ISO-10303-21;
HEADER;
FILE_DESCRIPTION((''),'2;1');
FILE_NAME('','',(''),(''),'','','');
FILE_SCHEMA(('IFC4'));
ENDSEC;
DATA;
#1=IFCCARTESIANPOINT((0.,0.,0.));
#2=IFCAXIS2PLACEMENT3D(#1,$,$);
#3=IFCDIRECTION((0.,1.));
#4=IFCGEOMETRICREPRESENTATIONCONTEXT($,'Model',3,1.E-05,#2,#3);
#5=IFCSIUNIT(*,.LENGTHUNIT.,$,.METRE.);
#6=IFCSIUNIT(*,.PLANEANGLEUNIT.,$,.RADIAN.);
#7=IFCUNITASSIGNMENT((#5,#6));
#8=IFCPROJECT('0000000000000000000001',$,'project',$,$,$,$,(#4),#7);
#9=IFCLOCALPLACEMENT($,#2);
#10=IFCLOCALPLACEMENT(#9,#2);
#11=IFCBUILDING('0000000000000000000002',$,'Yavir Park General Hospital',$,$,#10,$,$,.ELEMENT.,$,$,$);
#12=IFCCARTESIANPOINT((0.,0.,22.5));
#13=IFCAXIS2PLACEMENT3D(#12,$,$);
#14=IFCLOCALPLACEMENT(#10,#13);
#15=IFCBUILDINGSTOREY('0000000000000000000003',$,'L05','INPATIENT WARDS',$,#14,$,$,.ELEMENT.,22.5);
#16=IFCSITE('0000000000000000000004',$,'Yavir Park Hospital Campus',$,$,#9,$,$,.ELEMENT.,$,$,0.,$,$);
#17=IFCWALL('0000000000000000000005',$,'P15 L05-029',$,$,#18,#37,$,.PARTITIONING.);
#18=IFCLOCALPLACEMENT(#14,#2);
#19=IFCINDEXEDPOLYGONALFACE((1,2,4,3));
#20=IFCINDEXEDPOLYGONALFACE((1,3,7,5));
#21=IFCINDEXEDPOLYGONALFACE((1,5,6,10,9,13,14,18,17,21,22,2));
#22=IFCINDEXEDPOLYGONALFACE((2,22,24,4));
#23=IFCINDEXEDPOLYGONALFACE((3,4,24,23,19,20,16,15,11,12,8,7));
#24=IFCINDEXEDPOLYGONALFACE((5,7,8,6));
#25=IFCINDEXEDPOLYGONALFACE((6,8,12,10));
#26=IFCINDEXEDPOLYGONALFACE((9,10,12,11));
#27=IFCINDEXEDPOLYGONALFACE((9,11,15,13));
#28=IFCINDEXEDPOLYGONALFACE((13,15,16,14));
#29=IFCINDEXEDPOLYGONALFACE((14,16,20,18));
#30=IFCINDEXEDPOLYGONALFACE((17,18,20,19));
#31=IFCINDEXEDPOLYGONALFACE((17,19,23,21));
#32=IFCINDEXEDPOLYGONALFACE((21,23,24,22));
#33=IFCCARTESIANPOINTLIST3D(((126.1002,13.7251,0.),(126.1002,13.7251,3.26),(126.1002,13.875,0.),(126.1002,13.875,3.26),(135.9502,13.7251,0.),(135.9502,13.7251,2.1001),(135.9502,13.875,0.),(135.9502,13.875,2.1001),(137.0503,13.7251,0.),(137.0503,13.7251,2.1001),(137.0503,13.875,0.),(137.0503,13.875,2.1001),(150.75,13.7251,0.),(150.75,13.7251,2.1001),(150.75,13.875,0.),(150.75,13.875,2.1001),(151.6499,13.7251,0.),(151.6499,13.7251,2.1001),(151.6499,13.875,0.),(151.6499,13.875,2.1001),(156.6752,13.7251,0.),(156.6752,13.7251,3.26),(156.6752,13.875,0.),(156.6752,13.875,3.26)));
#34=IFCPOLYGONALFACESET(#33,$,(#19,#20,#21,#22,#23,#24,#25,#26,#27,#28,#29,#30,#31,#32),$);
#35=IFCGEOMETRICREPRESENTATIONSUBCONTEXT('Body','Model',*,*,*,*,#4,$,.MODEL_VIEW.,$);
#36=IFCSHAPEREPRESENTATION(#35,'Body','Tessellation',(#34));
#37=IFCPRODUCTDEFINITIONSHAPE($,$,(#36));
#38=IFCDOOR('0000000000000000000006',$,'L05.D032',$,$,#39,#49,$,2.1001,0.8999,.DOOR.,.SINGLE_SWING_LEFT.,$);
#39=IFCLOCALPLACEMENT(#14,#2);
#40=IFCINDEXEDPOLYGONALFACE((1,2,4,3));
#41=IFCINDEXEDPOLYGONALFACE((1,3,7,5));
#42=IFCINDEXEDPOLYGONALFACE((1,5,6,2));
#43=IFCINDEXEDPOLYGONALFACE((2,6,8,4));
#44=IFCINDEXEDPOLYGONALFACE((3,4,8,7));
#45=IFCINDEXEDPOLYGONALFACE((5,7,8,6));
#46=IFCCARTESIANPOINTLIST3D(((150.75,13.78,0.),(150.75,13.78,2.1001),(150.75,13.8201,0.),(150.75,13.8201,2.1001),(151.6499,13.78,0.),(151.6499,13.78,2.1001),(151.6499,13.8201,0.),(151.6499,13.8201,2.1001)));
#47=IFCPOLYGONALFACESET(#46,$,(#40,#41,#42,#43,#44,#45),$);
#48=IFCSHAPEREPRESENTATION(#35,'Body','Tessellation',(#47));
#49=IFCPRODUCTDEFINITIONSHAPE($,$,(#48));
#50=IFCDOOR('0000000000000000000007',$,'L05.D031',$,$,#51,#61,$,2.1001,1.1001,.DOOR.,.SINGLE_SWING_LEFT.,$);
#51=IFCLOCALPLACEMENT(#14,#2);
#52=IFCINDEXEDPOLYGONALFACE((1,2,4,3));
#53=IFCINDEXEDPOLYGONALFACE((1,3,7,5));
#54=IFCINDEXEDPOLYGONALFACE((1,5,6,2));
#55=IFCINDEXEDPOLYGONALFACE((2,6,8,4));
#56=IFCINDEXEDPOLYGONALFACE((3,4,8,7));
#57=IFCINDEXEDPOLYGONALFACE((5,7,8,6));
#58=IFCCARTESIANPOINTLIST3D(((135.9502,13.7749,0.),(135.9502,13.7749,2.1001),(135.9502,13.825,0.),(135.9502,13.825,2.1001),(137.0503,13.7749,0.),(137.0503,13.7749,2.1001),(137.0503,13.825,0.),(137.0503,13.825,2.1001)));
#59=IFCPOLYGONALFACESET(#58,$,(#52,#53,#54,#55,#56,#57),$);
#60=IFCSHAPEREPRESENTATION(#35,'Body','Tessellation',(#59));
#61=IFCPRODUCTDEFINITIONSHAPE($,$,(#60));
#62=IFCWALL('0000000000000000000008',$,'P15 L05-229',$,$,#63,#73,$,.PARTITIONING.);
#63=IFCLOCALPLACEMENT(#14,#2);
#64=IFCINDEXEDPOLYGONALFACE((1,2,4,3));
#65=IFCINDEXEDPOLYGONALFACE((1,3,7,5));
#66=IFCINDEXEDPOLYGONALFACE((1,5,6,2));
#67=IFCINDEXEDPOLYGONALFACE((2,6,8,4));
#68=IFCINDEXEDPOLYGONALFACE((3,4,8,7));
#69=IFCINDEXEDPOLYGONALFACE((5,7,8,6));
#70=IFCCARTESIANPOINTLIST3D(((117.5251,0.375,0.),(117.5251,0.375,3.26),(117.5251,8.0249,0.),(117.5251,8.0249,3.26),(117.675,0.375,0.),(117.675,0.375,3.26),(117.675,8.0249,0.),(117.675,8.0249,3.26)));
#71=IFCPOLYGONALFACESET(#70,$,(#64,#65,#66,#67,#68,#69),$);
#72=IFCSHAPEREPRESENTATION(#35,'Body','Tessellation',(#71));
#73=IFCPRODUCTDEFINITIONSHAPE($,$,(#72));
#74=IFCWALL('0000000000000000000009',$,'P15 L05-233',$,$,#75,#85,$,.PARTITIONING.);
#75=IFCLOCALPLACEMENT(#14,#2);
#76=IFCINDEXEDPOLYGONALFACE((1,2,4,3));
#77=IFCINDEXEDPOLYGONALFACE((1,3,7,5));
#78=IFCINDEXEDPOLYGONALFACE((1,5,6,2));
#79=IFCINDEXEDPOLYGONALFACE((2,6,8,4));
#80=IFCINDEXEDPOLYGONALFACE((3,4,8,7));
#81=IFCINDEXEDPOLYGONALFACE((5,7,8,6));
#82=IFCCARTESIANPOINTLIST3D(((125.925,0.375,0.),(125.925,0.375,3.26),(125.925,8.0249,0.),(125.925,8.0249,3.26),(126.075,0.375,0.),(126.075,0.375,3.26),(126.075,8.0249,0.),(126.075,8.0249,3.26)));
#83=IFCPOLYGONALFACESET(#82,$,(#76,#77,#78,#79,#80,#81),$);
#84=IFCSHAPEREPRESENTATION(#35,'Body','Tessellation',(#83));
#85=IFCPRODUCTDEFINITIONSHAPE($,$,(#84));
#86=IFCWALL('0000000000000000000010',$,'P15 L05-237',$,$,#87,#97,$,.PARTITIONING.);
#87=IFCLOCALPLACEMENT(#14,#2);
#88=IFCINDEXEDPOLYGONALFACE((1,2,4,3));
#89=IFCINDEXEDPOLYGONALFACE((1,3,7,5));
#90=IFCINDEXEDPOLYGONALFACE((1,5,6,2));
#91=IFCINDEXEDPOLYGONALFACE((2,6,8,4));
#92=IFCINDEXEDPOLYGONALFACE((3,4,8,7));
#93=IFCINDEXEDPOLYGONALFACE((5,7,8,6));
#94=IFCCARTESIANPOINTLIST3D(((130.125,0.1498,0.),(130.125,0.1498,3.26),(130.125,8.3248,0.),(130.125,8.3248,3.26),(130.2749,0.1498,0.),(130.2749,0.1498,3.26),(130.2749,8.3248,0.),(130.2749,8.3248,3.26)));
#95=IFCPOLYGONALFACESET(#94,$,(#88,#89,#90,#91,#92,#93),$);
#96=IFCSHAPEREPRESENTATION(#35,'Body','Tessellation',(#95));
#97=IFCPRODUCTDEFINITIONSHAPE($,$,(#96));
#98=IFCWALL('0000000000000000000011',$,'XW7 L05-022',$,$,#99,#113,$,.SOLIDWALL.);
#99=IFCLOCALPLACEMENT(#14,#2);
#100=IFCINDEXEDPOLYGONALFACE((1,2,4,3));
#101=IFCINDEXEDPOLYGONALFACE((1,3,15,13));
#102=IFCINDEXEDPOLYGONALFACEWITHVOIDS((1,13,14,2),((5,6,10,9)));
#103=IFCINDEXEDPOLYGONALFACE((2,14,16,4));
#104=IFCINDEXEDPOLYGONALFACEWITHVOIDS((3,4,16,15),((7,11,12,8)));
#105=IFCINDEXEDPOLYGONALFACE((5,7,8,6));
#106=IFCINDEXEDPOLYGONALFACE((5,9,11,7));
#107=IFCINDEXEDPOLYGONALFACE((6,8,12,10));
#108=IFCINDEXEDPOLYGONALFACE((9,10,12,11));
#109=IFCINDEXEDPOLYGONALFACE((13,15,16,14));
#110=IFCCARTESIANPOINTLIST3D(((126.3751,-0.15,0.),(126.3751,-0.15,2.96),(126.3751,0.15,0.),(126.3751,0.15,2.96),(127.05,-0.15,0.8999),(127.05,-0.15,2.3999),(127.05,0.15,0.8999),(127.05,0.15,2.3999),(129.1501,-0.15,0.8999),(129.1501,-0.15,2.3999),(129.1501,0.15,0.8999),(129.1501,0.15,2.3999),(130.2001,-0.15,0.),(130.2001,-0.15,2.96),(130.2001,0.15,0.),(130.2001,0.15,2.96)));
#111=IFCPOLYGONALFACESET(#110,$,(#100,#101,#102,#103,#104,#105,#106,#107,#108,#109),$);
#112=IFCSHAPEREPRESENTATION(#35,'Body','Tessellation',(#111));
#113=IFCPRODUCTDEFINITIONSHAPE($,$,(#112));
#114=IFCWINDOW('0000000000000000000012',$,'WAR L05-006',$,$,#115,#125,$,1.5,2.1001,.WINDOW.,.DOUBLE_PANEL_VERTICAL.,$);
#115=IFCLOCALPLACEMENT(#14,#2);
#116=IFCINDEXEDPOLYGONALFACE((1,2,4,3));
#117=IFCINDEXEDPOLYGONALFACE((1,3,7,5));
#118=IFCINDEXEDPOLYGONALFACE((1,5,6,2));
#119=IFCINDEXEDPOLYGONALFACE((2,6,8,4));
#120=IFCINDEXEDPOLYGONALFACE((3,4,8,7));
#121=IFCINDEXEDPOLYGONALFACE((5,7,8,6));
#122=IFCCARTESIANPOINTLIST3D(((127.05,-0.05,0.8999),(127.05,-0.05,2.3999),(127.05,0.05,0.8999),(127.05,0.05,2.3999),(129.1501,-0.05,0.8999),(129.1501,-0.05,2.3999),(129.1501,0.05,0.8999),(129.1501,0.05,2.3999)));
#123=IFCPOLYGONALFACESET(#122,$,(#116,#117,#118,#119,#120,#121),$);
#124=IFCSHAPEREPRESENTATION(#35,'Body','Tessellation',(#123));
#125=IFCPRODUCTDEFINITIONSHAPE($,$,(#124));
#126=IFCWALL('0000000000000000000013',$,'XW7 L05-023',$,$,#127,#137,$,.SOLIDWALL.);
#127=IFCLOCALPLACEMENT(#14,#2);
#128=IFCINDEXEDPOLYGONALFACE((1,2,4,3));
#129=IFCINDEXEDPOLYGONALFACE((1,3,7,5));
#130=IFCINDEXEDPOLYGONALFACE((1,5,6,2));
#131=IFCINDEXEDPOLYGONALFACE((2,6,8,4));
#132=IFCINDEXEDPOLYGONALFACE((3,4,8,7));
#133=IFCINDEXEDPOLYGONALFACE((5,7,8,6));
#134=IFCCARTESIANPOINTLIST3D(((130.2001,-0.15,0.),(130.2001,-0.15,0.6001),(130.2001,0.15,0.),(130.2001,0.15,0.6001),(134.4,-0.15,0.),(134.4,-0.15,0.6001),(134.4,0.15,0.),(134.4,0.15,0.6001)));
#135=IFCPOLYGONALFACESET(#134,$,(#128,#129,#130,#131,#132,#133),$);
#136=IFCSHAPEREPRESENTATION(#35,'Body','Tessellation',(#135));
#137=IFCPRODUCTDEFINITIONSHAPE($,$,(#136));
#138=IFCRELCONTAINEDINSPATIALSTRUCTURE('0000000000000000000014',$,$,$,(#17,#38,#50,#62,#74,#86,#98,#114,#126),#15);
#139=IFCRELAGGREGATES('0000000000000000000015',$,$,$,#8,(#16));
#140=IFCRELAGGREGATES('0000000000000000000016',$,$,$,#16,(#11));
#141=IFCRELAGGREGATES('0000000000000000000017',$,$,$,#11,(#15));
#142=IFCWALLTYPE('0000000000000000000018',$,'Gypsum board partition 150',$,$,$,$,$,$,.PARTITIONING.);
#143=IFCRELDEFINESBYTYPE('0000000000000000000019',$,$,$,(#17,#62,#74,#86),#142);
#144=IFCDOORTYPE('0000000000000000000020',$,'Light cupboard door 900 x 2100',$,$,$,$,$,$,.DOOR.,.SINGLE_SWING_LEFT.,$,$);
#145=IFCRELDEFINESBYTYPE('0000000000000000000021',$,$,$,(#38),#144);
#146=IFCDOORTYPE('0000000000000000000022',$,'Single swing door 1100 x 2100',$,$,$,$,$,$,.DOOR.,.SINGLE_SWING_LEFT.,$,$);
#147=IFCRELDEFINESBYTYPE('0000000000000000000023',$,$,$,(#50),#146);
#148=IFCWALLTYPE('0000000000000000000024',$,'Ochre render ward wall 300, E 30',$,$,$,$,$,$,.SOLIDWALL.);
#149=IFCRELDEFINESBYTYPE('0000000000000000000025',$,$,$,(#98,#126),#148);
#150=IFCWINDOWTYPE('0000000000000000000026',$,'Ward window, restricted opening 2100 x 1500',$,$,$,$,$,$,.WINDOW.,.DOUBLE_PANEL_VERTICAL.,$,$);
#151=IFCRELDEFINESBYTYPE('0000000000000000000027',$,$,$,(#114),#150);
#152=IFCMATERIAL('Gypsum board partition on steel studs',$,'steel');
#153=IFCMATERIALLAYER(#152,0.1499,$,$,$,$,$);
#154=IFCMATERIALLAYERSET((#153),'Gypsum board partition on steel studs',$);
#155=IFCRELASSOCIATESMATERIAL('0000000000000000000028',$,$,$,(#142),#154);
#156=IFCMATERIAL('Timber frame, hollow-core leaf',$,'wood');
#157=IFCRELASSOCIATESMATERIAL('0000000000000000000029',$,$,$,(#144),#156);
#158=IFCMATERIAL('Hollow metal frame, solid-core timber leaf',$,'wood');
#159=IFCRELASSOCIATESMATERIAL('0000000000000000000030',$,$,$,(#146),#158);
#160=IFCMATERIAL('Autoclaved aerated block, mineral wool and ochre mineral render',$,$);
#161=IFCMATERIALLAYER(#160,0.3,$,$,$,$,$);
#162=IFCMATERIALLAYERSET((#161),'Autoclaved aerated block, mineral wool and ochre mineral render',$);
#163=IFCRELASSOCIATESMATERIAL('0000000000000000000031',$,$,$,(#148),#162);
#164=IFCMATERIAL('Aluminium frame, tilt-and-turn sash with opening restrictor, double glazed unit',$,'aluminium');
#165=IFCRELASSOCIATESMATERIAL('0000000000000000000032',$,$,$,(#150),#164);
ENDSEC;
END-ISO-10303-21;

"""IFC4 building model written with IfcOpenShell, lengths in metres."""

from ifc_helpers import new_model, si_unit, direction, frame, frame_2d, origin, place, context, subcontext, project, spatial, rectangle, extrude, material, layer, layer_set, type_object, element, fill, save


model = new_model("IFC4")

# Units and contexts
model_context = context("Model", 3, precision=1e-05, world=origin(), true_north=direction((0.0, 1.0)))
body_context = subcontext(model_context, "Body", "Model", "MODEL_VIEW")
ifc_project = project(units=[si_unit("LENGTHUNIT", "METRE"), si_unit("PLANEANGLEUNIT", "RADIAN")], contexts=[model_context])

# Site, building, storey
site_placement = place(None, origin())
site = spatial("IfcSite", under=ifc_project, at=site_placement, Name="Yavir Park Hospital Campus", CompositionType="ELEMENT", RefElevation=0.0)
building_placement = place(site_placement, origin())
building = spatial("IfcBuilding", under=site, at=building_placement, Name="Yavir Park General Hospital", CompositionType="ELEMENT")
storey_placement = place(building_placement, frame((0.0, 0.0, 22.5)))
storey = spatial("IfcBuildingStorey", under=building, at=storey_placement, Name="L05", Description="INPATIENT WARDS", CompositionType="ELEMENT", Elevation=22.5)

# Shared definitions
ifc_material_1 = material(Name="Gypsum board partition on steel studs", Category="steel")
ifc_layer_1 = layer(ifc_material_1, 0.1499)
ifc_layer_set_1 = layer_set([ifc_layer_1], Name="Gypsum board partition on steel studs")
wall_type_1 = type_object("IfcWallType", Name="Gypsum board partition 150", PredefinedType="PARTITIONING", material=ifc_layer_set_1)

# Wall, openings, doors
wall_1_placement = place(storey_placement, frame((126.1001, 13.8, 0.0), z_axis=(0.0, 0.0, 1.0), x_axis=(1.0, 0.0, 0.0)))
wall_1 = element("IfcWall", 1, at=wall_1_placement, inside=storey, type_object=wall_type_1, Name="P15 L05-029", PredefinedType="PARTITIONING", context=body_context, shape_type="SweptSolid", body=[
    extrude(rectangle(XDim=30.575, YDim=0.1499, at=frame_2d((15.2876, 0.0))), origin(), (0.0, 0.0, 1.0), 3.26),
])
opening_1_placement = place(wall_1_placement, frame((9.8501, 0.0, 0.0)))
opening_1 = element("IfcOpeningElement", 2, at=opening_1_placement, cuts=wall_1, PredefinedType="OPENING", context=body_context, shape_type="SweptSolid", body=[
    extrude(rectangle(XDim=1.1001, YDim=2.1001, at=frame_2d((0.55, 1.05))), frame((0.0, 0.085, 0.0), z_axis=(0.0, -1.0, 0.0), x_axis=(1.0, 0.0, 0.0)), (0.0, 0.0, 1.0), 0.1699),
])
opening_2_placement = place(wall_1_placement, frame((24.6499, 0.0, 0.0)))
opening_2 = element("IfcOpeningElement", 3, at=opening_2_placement, cuts=wall_1, PredefinedType="OPENING", context=body_context, shape_type="SweptSolid", body=[
    extrude(rectangle(XDim=0.8999, YDim=2.1001, at=frame_2d((0.45, 1.05))), frame((0.0, 0.085, 0.0), z_axis=(0.0, -1.0, 0.0), x_axis=(1.0, 0.0, 0.0)), (0.0, 0.0, 1.0), 0.1699),
])
ifc_material_2 = material(Name="Timber frame, hollow-core leaf", Category="wood")
door_type_1 = type_object("IfcDoorType", Name="Light cupboard door 900 x 2100", OperationType="SINGLE_SWING_LEFT", PredefinedType="DOOR", material=ifc_material_2)
door_1_placement = place(opening_2_placement, origin())
door_1 = element("IfcDoor", 4, at=door_1_placement, inside=storey, type_object=door_type_1, Name="L05.D032", OperationType="SINGLE_SWING_LEFT", OverallHeight=2.1001, OverallWidth=0.8999, PredefinedType="DOOR", context=body_context, shape_type="SweptSolid", body=[
    extrude(rectangle(XDim=0.8999, YDim=2.1001, at=frame_2d((0.45, 1.05))), frame((0.0, 0.02, 0.0), z_axis=(0.0, -1.0, 0.0), x_axis=(1.0, 0.0, 0.0)), (0.0, 0.0, 1.0), 0.04),
])
fill(opening_2, door_1)
ifc_material_3 = material(Name="Hollow metal frame, solid-core timber leaf", Category="wood")
door_type_2 = type_object("IfcDoorType", Name="Single swing door 1100 x 2100", OperationType="SINGLE_SWING_LEFT", PredefinedType="DOOR", material=ifc_material_3)
door_2_placement = place(opening_1_placement, origin())
door_2 = element("IfcDoor", 5, at=door_2_placement, inside=storey, type_object=door_type_2, Name="L05.D031", OperationType="SINGLE_SWING_LEFT", OverallHeight=2.1001, OverallWidth=1.1001, PredefinedType="DOOR", context=body_context, shape_type="SweptSolid", body=[
    extrude(rectangle(XDim=1.1001, YDim=2.1001, at=frame_2d((0.55, 1.05))), frame((0.0, 0.0249, 0.0), z_axis=(0.0, -1.0, 0.0), x_axis=(1.0, 0.0, 0.0)), (0.0, 0.0, 1.0), 0.05),
])
fill(opening_1, door_2)

# Walls
for number, where, z_axis, x_axis, name in (
    (6, (117.6001, 0.375, 0.0), (0.0, 0.0, 1.0), (0.0, 1.0, 0.0), "P15 L05-229"),
    (7, (126.0, 0.375, 0.0), (0.0, 0.0, 1.0), (0.0, 1.0, 0.0), "P15 L05-233"),
):
    element("IfcWall", number, at=place(storey_placement, frame(where, z_axis=z_axis, x_axis=x_axis)), inside=storey, type_object=wall_type_1, Name=name, PredefinedType="PARTITIONING", context=body_context, shape_type="SweptSolid", body=[
        extrude(rectangle(XDim=7.6499, YDim=0.1499, at=frame_2d((3.825, 0.0))), origin(), (0.0, 0.0, 1.0), 3.26),
    ])
wall_2_placement = place(storey_placement, frame((130.2, 0.1499, 0.0), z_axis=(0.0, 0.0, 1.0), x_axis=(0.0, 1.0, 0.0)))
element("IfcWall", 8, at=wall_2_placement, inside=storey, type_object=wall_type_1, Name="P15 L05-237", PredefinedType="PARTITIONING", context=body_context, shape_type="SweptSolid", body=[
    extrude(rectangle(XDim=8.175, YDim=0.1499, at=frame_2d((4.0874, 0.0))), origin(), (0.0, 0.0, 1.0), 3.26),
])

# Wall, opening, window
ifc_material_4 = material(Name="Autoclaved aerated block, mineral wool and ochre mineral render")
ifc_layer_2 = layer(ifc_material_4, 0.3)
ifc_layer_set_2 = layer_set([ifc_layer_2], Name="Autoclaved aerated block, mineral wool and ochre mineral render")
wall_type_2 = type_object("IfcWallType", Name="Ochre render ward wall 300, E 30", PredefinedType="SOLIDWALL", material=ifc_layer_set_2)
wall_3_placement = place(storey_placement, frame((126.375, 0.0, 0.0), z_axis=(0.0, 0.0, 1.0), x_axis=(1.0, 0.0, 0.0)))
wall_3 = element("IfcWall", 9, at=wall_3_placement, inside=storey, type_object=wall_type_2, Name="XW7 L05-022", PredefinedType="SOLIDWALL", context=body_context, shape_type="SweptSolid", body=[
    extrude(rectangle(XDim=3.825, YDim=0.3, at=frame_2d((1.9126, 0.0))), origin(), (0.0, 0.0, 1.0), 2.96),
])
opening_3_placement = place(wall_3_placement, frame((0.675, 0.0, 0.8999)))
opening_3 = element("IfcOpeningElement", 10, at=opening_3_placement, cuts=wall_3, PredefinedType="OPENING", context=body_context, shape_type="SweptSolid", body=[
    extrude(rectangle(XDim=2.1001, YDim=1.5, at=frame_2d((1.05, 0.75))), frame((0.0, 0.1599, 0.0), z_axis=(0.0, -1.0, 0.0), x_axis=(1.0, 0.0, 0.0)), (0.0, 0.0, 1.0), 0.3201),
])
ifc_material_5 = material(Name="Aluminium frame, tilt-and-turn sash with opening restrictor, double glazed unit", Category="aluminium")
window_type = type_object("IfcWindowType", Name="Ward window, restricted opening 2100 x 1500", PartitioningType="DOUBLE_PANEL_VERTICAL", PredefinedType="WINDOW", material=ifc_material_5)
window_placement = place(opening_3_placement, origin())
window = element("IfcWindow", 11, at=window_placement, inside=storey, type_object=window_type, Name="WAR L05-006", OverallHeight=1.5, OverallWidth=2.1001, PartitioningType="DOUBLE_PANEL_VERTICAL", PredefinedType="WINDOW", context=body_context, shape_type="SweptSolid", body=[
    extrude(rectangle(XDim=2.1001, YDim=1.5, at=frame_2d((1.05, 0.75))), frame((0.0, 0.05, 0.0), z_axis=(0.0, -1.0, 0.0), x_axis=(1.0, 0.0, 0.0)), (0.0, 0.0, 1.0), 0.1001),
])
fill(opening_3, window)

# Wall
wall_4_placement = place(storey_placement, frame((130.2, 0.0, 0.0), z_axis=(0.0, 0.0, 1.0), x_axis=(1.0, 0.0, 0.0)))
element("IfcWall", 12, at=wall_4_placement, inside=storey, type_object=wall_type_2, Name="XW7 L05-023", PredefinedType="SOLIDWALL", context=body_context, shape_type="SweptSolid", body=[
    extrude(rectangle(XDim=4.2, YDim=0.3, at=frame_2d((2.1001, 0.0))), origin(), (0.0, 0.0, 1.0), 0.6001),
])

save(model, "model.ifc")
